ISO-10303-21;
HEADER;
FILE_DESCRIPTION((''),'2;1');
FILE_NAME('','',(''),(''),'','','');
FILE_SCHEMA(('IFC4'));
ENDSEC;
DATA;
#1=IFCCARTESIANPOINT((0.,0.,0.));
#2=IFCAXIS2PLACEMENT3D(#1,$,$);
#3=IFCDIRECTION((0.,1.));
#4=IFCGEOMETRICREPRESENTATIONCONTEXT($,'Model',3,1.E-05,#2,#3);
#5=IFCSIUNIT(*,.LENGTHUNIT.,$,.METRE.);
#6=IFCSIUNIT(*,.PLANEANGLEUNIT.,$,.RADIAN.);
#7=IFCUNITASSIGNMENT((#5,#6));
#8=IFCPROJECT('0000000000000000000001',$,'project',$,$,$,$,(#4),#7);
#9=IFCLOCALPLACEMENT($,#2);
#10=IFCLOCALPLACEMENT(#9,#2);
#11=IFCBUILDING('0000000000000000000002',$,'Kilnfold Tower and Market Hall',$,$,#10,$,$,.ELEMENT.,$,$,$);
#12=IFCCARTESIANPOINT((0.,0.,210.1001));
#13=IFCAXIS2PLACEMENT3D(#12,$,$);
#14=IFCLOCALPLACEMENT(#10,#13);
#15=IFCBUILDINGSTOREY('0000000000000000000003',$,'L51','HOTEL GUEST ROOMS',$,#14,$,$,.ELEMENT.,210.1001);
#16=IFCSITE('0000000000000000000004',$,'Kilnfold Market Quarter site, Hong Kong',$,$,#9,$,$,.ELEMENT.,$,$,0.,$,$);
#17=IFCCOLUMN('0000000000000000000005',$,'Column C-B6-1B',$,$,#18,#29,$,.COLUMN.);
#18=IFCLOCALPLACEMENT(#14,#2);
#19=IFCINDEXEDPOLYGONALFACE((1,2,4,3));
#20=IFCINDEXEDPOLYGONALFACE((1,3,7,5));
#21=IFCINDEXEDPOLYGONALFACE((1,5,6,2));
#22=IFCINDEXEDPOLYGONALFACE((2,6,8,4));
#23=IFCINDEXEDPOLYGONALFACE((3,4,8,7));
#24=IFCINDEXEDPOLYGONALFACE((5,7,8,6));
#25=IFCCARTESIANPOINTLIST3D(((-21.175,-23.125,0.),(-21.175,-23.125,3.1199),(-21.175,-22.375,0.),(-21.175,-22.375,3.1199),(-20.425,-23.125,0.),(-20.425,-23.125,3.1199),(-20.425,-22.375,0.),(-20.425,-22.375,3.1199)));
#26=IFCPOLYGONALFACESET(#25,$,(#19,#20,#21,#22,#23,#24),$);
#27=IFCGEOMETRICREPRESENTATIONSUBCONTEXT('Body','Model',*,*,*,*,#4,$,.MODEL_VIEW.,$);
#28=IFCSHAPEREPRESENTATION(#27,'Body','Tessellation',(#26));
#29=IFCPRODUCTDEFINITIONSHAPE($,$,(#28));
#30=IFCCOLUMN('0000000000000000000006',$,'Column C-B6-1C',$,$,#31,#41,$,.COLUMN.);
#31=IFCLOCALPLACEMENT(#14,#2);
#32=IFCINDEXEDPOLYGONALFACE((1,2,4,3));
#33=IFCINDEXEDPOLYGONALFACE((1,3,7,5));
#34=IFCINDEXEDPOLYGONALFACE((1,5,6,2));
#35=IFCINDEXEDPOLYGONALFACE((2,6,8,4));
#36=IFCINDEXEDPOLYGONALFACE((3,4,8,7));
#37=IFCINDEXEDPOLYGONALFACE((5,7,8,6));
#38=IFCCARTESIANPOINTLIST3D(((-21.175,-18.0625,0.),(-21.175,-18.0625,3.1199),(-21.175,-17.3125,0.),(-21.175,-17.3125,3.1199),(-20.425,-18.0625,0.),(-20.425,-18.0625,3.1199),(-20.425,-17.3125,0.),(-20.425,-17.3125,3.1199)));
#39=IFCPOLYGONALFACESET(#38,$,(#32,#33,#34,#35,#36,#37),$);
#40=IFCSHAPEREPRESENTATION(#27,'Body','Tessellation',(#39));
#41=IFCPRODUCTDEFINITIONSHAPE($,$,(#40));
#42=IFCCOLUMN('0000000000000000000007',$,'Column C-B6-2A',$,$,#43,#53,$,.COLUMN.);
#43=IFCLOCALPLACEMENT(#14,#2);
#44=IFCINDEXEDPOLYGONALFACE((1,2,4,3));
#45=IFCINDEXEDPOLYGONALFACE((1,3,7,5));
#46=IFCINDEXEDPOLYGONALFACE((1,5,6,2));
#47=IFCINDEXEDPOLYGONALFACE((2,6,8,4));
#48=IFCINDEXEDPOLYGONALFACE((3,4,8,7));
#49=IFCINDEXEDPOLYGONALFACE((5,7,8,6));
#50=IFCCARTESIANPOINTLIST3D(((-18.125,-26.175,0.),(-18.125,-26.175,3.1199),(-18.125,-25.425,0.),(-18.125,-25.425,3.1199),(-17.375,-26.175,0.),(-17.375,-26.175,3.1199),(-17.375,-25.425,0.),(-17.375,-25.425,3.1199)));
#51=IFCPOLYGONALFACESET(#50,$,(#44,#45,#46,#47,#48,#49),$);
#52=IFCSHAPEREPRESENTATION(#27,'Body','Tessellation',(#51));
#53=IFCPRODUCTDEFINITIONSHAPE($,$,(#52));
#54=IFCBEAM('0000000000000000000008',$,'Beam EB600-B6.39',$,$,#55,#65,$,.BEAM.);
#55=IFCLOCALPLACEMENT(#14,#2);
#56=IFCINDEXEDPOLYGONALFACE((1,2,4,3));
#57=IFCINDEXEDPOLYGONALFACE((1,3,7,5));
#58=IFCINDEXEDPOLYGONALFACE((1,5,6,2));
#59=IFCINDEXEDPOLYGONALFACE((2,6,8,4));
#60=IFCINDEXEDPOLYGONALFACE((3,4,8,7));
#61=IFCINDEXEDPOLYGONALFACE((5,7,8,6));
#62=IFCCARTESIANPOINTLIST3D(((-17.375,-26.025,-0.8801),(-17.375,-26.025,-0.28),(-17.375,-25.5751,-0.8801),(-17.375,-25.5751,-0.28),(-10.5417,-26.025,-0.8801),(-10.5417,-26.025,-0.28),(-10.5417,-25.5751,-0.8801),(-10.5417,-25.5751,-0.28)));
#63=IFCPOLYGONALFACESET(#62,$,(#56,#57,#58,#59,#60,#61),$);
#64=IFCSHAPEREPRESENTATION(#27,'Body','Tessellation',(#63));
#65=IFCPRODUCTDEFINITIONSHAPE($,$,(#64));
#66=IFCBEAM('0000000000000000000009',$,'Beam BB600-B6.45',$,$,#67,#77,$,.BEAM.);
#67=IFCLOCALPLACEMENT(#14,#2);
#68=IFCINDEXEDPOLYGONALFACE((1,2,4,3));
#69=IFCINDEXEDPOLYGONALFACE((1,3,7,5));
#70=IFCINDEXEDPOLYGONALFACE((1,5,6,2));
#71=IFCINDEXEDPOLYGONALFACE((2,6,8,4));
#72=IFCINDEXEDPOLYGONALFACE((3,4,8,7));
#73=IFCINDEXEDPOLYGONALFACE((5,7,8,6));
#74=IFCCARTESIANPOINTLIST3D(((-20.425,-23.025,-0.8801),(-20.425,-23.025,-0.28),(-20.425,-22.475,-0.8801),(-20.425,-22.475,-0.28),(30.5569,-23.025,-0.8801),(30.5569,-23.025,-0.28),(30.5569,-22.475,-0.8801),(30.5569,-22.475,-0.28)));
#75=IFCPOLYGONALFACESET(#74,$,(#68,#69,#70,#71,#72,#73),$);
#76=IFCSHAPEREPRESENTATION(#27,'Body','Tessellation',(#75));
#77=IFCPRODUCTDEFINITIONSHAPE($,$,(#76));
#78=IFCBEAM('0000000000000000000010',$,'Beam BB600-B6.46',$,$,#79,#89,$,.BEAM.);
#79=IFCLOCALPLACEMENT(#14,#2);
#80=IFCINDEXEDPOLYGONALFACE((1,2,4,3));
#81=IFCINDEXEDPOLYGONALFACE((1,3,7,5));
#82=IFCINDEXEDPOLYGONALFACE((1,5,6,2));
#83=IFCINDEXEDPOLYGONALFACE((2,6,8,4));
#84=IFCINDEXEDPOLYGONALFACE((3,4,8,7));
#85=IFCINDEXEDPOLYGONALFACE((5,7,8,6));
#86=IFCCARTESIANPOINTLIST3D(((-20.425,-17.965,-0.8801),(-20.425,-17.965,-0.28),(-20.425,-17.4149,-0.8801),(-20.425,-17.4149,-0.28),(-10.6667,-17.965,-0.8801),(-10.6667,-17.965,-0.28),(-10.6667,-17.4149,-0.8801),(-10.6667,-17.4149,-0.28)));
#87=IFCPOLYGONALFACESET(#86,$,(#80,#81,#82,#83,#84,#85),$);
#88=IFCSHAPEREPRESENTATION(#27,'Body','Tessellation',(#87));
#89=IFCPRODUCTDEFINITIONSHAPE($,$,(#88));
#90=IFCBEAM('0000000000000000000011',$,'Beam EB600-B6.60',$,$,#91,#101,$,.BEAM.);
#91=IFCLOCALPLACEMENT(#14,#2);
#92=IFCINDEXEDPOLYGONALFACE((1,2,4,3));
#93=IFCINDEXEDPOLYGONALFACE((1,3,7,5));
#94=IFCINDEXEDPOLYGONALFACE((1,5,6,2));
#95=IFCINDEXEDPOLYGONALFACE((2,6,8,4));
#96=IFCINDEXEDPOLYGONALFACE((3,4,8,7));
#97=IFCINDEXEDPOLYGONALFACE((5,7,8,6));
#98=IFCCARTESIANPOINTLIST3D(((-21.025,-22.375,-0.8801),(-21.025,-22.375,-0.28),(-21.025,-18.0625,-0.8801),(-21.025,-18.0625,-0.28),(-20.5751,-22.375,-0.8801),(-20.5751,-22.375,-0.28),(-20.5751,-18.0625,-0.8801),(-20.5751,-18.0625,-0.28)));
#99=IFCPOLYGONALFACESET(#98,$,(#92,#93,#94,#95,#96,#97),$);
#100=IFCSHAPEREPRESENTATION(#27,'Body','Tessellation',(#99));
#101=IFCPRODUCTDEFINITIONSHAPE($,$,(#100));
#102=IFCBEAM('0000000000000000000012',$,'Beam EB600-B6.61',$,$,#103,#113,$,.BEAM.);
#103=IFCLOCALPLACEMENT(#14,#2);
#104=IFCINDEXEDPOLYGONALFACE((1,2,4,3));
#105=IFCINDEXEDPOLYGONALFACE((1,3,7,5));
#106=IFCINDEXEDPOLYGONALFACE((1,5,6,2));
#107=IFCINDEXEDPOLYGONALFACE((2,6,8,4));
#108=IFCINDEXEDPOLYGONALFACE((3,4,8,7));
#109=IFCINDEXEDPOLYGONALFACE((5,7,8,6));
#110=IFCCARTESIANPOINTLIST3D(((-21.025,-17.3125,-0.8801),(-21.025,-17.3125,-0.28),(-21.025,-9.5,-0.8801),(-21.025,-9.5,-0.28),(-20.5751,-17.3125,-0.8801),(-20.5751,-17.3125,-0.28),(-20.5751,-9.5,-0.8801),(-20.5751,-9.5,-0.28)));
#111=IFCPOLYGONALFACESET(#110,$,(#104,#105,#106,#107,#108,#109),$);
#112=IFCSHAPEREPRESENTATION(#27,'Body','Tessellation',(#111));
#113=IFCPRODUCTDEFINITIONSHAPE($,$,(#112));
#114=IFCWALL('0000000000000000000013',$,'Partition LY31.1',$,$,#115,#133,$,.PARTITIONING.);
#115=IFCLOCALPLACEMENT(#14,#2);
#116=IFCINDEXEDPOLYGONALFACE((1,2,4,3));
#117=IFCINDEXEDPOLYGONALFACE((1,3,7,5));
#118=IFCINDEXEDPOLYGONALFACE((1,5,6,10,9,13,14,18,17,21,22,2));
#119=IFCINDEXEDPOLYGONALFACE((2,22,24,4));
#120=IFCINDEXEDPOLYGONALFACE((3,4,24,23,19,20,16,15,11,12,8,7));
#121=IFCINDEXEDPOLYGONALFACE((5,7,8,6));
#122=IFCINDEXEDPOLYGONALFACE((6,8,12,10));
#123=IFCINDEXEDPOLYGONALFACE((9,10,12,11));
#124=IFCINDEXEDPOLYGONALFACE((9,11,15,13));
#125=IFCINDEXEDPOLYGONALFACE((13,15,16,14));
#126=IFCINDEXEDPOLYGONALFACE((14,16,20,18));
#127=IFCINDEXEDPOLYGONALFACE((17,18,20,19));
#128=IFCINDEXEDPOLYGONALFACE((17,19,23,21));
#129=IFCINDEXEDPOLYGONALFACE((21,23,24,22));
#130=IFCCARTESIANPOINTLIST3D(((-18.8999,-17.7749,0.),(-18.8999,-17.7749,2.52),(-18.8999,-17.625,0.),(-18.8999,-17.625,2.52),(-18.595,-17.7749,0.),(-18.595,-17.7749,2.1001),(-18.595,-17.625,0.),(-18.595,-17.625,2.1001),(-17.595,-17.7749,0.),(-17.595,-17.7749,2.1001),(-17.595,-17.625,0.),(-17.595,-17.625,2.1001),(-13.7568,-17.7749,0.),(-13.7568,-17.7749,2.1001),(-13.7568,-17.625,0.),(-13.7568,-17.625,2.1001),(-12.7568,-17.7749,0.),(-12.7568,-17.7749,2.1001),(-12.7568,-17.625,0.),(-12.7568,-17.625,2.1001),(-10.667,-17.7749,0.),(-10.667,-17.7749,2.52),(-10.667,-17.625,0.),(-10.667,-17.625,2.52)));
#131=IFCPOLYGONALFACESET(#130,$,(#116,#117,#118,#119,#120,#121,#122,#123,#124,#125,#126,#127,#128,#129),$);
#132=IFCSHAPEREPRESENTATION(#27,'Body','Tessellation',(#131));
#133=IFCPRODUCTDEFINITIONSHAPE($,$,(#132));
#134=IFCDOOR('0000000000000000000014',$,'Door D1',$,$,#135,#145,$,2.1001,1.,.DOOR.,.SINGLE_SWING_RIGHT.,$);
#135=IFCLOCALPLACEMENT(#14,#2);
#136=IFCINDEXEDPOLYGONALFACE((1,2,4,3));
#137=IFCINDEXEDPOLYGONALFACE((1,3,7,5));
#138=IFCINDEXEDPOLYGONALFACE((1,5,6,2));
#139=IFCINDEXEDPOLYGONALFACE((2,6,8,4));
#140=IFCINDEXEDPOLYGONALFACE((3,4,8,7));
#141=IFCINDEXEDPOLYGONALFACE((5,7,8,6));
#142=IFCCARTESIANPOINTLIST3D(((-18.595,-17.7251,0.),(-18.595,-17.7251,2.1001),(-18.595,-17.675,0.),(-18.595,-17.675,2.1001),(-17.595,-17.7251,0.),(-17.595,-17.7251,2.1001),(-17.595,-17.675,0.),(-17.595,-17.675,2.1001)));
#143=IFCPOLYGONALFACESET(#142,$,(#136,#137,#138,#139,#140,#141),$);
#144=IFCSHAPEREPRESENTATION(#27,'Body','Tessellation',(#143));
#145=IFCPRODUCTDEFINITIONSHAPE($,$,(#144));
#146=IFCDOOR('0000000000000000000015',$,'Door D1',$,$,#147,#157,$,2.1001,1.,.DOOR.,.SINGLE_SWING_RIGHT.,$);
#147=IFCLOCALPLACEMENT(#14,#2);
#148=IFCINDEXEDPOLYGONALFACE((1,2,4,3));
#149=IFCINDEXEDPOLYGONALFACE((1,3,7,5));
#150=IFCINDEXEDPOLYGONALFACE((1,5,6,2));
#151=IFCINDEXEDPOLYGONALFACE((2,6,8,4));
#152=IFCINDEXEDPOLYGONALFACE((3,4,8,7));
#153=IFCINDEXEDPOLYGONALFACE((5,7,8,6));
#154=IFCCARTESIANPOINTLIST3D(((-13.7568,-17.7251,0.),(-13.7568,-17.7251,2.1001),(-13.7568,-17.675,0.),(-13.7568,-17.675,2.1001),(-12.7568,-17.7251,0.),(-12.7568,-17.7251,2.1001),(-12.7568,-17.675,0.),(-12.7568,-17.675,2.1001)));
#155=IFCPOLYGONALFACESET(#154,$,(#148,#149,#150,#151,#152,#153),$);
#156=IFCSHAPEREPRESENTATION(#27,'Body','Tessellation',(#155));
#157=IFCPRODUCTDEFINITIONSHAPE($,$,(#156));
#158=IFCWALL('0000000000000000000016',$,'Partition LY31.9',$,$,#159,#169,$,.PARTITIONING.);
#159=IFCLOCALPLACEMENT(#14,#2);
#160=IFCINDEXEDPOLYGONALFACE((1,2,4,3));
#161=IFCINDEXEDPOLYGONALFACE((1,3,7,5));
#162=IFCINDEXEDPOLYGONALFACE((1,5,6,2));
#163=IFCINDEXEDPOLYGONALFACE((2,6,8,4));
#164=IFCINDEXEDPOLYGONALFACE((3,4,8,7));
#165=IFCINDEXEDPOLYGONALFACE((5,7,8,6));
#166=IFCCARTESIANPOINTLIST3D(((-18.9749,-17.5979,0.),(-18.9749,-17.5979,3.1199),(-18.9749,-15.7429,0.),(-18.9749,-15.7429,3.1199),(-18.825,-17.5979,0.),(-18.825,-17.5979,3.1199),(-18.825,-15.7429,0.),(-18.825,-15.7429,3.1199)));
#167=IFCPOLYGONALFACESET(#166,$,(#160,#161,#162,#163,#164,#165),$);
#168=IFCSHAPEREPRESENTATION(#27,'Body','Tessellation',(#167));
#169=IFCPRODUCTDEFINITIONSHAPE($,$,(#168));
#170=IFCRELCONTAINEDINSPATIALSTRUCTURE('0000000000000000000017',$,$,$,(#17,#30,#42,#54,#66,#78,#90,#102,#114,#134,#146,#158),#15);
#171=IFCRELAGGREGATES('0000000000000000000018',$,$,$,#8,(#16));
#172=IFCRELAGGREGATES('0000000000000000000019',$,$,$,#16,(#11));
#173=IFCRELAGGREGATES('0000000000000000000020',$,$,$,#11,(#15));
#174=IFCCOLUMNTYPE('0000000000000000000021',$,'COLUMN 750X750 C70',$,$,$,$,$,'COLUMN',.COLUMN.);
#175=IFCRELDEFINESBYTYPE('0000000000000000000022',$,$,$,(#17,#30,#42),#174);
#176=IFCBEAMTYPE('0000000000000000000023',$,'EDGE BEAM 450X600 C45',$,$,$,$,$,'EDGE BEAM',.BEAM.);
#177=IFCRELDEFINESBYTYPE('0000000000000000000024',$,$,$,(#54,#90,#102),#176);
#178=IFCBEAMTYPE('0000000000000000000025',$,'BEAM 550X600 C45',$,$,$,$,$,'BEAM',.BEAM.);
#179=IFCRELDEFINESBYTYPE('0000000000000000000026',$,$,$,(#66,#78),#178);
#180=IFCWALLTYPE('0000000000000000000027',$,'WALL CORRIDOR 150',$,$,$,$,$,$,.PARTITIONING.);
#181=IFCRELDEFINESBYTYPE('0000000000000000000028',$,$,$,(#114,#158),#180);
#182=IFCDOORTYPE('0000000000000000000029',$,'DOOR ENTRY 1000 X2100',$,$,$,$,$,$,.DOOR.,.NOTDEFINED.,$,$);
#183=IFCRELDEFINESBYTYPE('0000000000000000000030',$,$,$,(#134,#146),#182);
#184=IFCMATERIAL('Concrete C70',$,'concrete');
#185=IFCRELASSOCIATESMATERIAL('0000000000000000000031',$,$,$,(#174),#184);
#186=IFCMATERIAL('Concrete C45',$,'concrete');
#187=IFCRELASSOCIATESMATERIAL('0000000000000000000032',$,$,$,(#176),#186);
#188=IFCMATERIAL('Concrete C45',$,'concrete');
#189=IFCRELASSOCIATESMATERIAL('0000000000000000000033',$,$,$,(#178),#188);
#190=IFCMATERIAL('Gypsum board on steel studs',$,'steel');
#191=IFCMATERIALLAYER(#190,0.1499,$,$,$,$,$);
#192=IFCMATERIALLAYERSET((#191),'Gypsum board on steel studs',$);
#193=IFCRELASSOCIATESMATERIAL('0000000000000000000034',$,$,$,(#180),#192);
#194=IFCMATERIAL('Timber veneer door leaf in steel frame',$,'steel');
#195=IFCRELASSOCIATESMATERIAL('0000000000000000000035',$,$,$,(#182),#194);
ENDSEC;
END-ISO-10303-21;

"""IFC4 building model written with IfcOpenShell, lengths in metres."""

from ifc_helpers import new_model, si_unit, direction, frame, frame_2d, origin, origin_2d, place, context, subcontext, project, spatial, rectangle, extrude, source, transform, mapped, material, layer, layer_set, material_profile, profile_set, type_object, element, fill, save


model = new_model("IFC4")

# Units and contexts
model_context = context("Model", 3, precision=1e-05, world=origin(), true_north=direction((0.0, 1.0)))
body_context = subcontext(model_context, "Body", "Model", "MODEL_VIEW")
ifc_project = project(units=[si_unit("LENGTHUNIT", "METRE"), si_unit("PLANEANGLEUNIT", "RADIAN")], contexts=[model_context])

# Site, building, storey
site_placement = place(None, origin())
site = spatial("IfcSite", under=ifc_project, at=site_placement, Name="Kilnfold Market Quarter site, Hong Kong", CompositionType="ELEMENT", RefElevation=0.0)
building_placement = place(site_placement, origin())
building = spatial("IfcBuilding", under=site, at=building_placement, Name="Kilnfold Tower and Market Hall", CompositionType="ELEMENT")
storey_placement = place(building_placement, frame((0.0, 0.0, 210.1001)))
storey = spatial("IfcBuildingStorey", under=building, at=storey_placement, Name="L51", Description="HOTEL GUEST ROOMS", CompositionType="ELEMENT", Elevation=210.1001)

# Columns
ifc_material_1 = material(Name="Concrete C70", Category="concrete")
ifc_material_profile_1 = material_profile(ifc_material_1, rectangle(XDim=0.75, YDim=0.75, at=origin_2d()), Name="RC 750x750")
ifc_profile_set_1 = profile_set([ifc_material_profile_1], Name="Concrete C70")
column_type = type_object("IfcColumnType", Name="COLUMN 750X750 C70", ElementType="COLUMN", PredefinedType="COLUMN", material=ifc_profile_set_1)
shared_shape_1 = source(origin(), body_context, "Body", "SweptSolid", [
    extrude(rectangle(XDim=0.75, YDim=0.75, at=origin_2d()), origin(), (0.0, 0.0, 1.0), 3.1199),
])
for number, where, z_axis, x_axis, name in (
    (1, (-20.8, -22.75, 0.0), (0.0, 0.0, 1.0), (1.0, 0.0, 0.0), "Column C-B6-1B"),
    (2, (-20.8, -17.6875, 0.0), (0.0, 0.0, 1.0), (1.0, 0.0, 0.0), "Column C-B6-1C"),
    (3, (-17.75, -25.8, 0.0), (0.0, 0.0, 1.0), (1.0, 0.0, 0.0), "Column C-B6-2A"),
):
    element("IfcColumn", number, at=place(storey_placement, frame(where, z_axis=z_axis, x_axis=x_axis)), inside=storey, type_object=column_type, Name=name, PredefinedType="COLUMN", context=body_context, shape_type="MappedRepresentation", body=[
        mapped(shared_shape_1, transform((0.0, 0.0, 0.0))),
    ])

# Beams
ifc_material_2 = material(Name="Concrete C45", Category="concrete")
ifc_material_profile_2 = material_profile(ifc_material_2, rectangle(XDim=0.45, YDim=0.6001, at=origin_2d()), Name="RC 450x600")
ifc_profile_set_2 = profile_set([ifc_material_profile_2], Name="Concrete C45")
beam_type_1 = type_object("IfcBeamType", Name="EDGE BEAM 450X600 C45", ElementType="EDGE BEAM", PredefinedType="BEAM", material=ifc_profile_set_2)
shared_shape_2 = source(origin(), body_context, "Body", "SweptSolid", [
    extrude(rectangle(XDim=0.45, YDim=0.6001, at=origin_2d()), origin(), (0.0, 0.0, 1.0), 6.8333),
])
beam_1_placement = place(storey_placement, frame((-17.375, -25.8, -0.5801), z_axis=(1.0, 0.0, 0.0), x_axis=(0.0, 1.0, 0.0)))
element("IfcBeam", 4, at=beam_1_placement, inside=storey, type_object=beam_type_1, Name="Beam EB600-B6.39", PredefinedType="BEAM", context=body_context, shape_type="MappedRepresentation", body=[
    mapped(shared_shape_2, transform((0.0, 0.0, 0.0))),
])
ifc_material_3 = material(Name="Concrete C45", Category="concrete")
ifc_material_profile_3 = material_profile(ifc_material_3, rectangle(XDim=0.55, YDim=0.6001, at=origin_2d()), Name="RC 550x600")
ifc_profile_set_3 = profile_set([ifc_material_profile_3], Name="Concrete C45")
beam_type_2 = type_object("IfcBeamType", Name="BEAM 550X600 C45", ElementType="BEAM", PredefinedType="BEAM", material=ifc_profile_set_3)
shared_shape_3 = source(origin(), body_context, "Body", "SweptSolid", [
    extrude(rectangle(XDim=0.55, YDim=0.6001, at=origin_2d()), origin(), (0.0, 0.0, 1.0), 50.9819),
])
beam_2_placement = place(storey_placement, frame((-20.425, -22.75, -0.5801), z_axis=(1.0, 0.0, 0.0), x_axis=(0.0, 1.0, 0.0)))
element("IfcBeam", 5, at=beam_2_placement, inside=storey, type_object=beam_type_2, Name="Beam BB600-B6.45", PredefinedType="BEAM", context=body_context, shape_type="MappedRepresentation", body=[
    mapped(shared_shape_3, transform((0.0, 0.0, 0.0))),
])
shared_shape_4 = source(origin(), body_context, "Body", "SweptSolid", [
    extrude(rectangle(XDim=0.55, YDim=0.6001, at=origin_2d()), origin(), (0.0, 0.0, 1.0), 9.7583),
])
beam_3_placement = place(storey_placement, frame((-20.425, -17.6899, -0.5801), z_axis=(1.0, 0.0, 0.0), x_axis=(0.0, 1.0, 0.0)))
element("IfcBeam", 6, at=beam_3_placement, inside=storey, type_object=beam_type_2, Name="Beam BB600-B6.46", PredefinedType="BEAM", context=body_context, shape_type="MappedRepresentation", body=[
    mapped(shared_shape_4, transform((0.0, 0.0, 0.0))),
])
shared_shape_5 = source(origin(), body_context, "Body", "SweptSolid", [
    extrude(rectangle(XDim=0.45, YDim=0.6001, at=origin_2d()), origin(), (0.0, 0.0, 1.0), 4.3125),
])
beam_4_placement = place(storey_placement, frame((-20.8, -22.375, -0.5801), z_axis=(0.0, 1.0, 0.0), x_axis=(-1.0, 0.0, 0.0)))
element("IfcBeam", 7, at=beam_4_placement, inside=storey, type_object=beam_type_1, Name="Beam EB600-B6.60", PredefinedType="BEAM", context=body_context, shape_type="MappedRepresentation", body=[
    mapped(shared_shape_5, transform((0.0, 0.0, 0.0))),
])
shared_shape_6 = source(origin(), body_context, "Body", "SweptSolid", [
    extrude(rectangle(XDim=0.45, YDim=0.6001, at=origin_2d()), origin(), (0.0, 0.0, 1.0), 7.8125),
])
beam_5_placement = place(storey_placement, frame((-20.8, -17.3125, -0.5801), z_axis=(0.0, 1.0, 0.0), x_axis=(-1.0, 0.0, 0.0)))
element("IfcBeam", 8, at=beam_5_placement, inside=storey, type_object=beam_type_1, Name="Beam EB600-B6.61", PredefinedType="BEAM", context=body_context, shape_type="MappedRepresentation", body=[
    mapped(shared_shape_6, transform((0.0, 0.0, 0.0))),
])

# Wall, openings, doors
ifc_material_4 = material(Name="Gypsum board on steel studs", Category="steel")
ifc_layer_1 = layer(ifc_material_4, 0.1499)
ifc_layer_set_1 = layer_set([ifc_layer_1], Name="Gypsum board on steel studs")
wall_type_1 = type_object("IfcWallType", Name="WALL CORRIDOR 150", PredefinedType="PARTITIONING", material=ifc_layer_set_1)
wall_1_placement = place(storey_placement, frame((-18.8999, -17.7, 0.0), z_axis=(0.0, 0.0, 1.0), x_axis=(1.0, 0.0, 0.0)))
wall_1 = element("IfcWall", 9, at=wall_1_placement, inside=storey, type_object=wall_type_1, Name="Partition LY31.1", PredefinedType="PARTITIONING", context=body_context, shape_type="SweptSolid", body=[
    extrude(rectangle(XDim=8.2329, YDim=0.1499, at=frame_2d((4.1165, 0.0))), origin(), (0.0, 0.0, 1.0), 2.52),
])
opening_1_placement = place(wall_1_placement, frame((0.3049, 0.0, 0.0)))
opening_1 = element("IfcOpeningElement", 10, at=opening_1_placement, cuts=wall_1, PredefinedType="OPENING", context=body_context, shape_type="SweptSolid", body=[
    extrude(rectangle(XDim=1.0, YDim=2.1001, at=frame_2d((0.5, 1.05))), frame((0.0, 0.085, 0.0), z_axis=(0.0, -1.0, 0.0), x_axis=(1.0, 0.0, 0.0)), (0.0, 0.0, 1.0), 0.1699),
])
opening_2_placement = place(wall_1_placement, frame((5.1431, 0.0, 0.0)))
opening_2 = element("IfcOpeningElement", 11, at=opening_2_placement, cuts=wall_1, PredefinedType="OPENING", context=body_context, shape_type="SweptSolid", body=[
    extrude(rectangle(XDim=1.0, YDim=2.1001, at=frame_2d((0.5, 1.05))), frame((0.0, 0.085, 0.0), z_axis=(0.0, -1.0, 0.0), x_axis=(1.0, 0.0, 0.0)), (0.0, 0.0, 1.0), 0.1699),
])
ifc_material_5 = material(Name="Timber veneer door leaf in steel frame", Category="steel")
door_type_1 = type_object("IfcDoorType", Name="DOOR ENTRY 1000 X2100", OperationType="NOTDEFINED", PredefinedType="DOOR", material=ifc_material_5)
door_1_placement = place(opening_1_placement, origin())
door_1 = element("IfcDoor", 12, at=door_1_placement, inside=storey, type_object=door_type_1, Name="Door D1", OperationType="SINGLE_SWING_RIGHT", OverallHeight=2.1001, OverallWidth=1.0, PredefinedType="DOOR", context=body_context, shape_type="SweptSolid", body=[
    extrude(rectangle(XDim=1.0, YDim=2.1001, at=frame_2d((0.5, 1.05))), frame((0.0, 0.0249, 0.0), z_axis=(0.0, -1.0, 0.0), x_axis=(1.0, 0.0, 0.0)), (0.0, 0.0, 1.0), 0.05),
])
fill(opening_1, door_1)
door_2_placement = place(opening_2_placement, origin())
door_2 = element("IfcDoor", 13, at=door_2_placement, inside=storey, type_object=door_type_1, Name="Door D1", OperationType="SINGLE_SWING_RIGHT", OverallHeight=2.1001, OverallWidth=1.0, PredefinedType="DOOR", context=body_context, shape_type="SweptSolid", body=[
    extrude(rectangle(XDim=1.0, YDim=2.1001, at=frame_2d((0.5, 1.05))), frame((0.0, 0.0249, 0.0), z_axis=(0.0, -1.0, 0.0), x_axis=(1.0, 0.0, 0.0)), (0.0, 0.0, 1.0), 0.05),
])
fill(opening_2, door_2)

# Wall
wall_2_placement = place(storey_placement, frame((-18.8999, -17.5979, 0.0), z_axis=(0.0, 0.0, 1.0), x_axis=(0.0, 1.0, 0.0)))
element("IfcWall", 14, at=wall_2_placement, inside=storey, type_object=wall_type_1, Name="Partition LY31.9", PredefinedType="PARTITIONING", context=body_context, shape_type="SweptSolid", body=[
    extrude(rectangle(XDim=1.855, YDim=0.1499, at=frame_2d((0.9275, 0.0))), origin(), (0.0, 0.0, 1.0), 3.1199),
])

save(model, "model.ifc")
